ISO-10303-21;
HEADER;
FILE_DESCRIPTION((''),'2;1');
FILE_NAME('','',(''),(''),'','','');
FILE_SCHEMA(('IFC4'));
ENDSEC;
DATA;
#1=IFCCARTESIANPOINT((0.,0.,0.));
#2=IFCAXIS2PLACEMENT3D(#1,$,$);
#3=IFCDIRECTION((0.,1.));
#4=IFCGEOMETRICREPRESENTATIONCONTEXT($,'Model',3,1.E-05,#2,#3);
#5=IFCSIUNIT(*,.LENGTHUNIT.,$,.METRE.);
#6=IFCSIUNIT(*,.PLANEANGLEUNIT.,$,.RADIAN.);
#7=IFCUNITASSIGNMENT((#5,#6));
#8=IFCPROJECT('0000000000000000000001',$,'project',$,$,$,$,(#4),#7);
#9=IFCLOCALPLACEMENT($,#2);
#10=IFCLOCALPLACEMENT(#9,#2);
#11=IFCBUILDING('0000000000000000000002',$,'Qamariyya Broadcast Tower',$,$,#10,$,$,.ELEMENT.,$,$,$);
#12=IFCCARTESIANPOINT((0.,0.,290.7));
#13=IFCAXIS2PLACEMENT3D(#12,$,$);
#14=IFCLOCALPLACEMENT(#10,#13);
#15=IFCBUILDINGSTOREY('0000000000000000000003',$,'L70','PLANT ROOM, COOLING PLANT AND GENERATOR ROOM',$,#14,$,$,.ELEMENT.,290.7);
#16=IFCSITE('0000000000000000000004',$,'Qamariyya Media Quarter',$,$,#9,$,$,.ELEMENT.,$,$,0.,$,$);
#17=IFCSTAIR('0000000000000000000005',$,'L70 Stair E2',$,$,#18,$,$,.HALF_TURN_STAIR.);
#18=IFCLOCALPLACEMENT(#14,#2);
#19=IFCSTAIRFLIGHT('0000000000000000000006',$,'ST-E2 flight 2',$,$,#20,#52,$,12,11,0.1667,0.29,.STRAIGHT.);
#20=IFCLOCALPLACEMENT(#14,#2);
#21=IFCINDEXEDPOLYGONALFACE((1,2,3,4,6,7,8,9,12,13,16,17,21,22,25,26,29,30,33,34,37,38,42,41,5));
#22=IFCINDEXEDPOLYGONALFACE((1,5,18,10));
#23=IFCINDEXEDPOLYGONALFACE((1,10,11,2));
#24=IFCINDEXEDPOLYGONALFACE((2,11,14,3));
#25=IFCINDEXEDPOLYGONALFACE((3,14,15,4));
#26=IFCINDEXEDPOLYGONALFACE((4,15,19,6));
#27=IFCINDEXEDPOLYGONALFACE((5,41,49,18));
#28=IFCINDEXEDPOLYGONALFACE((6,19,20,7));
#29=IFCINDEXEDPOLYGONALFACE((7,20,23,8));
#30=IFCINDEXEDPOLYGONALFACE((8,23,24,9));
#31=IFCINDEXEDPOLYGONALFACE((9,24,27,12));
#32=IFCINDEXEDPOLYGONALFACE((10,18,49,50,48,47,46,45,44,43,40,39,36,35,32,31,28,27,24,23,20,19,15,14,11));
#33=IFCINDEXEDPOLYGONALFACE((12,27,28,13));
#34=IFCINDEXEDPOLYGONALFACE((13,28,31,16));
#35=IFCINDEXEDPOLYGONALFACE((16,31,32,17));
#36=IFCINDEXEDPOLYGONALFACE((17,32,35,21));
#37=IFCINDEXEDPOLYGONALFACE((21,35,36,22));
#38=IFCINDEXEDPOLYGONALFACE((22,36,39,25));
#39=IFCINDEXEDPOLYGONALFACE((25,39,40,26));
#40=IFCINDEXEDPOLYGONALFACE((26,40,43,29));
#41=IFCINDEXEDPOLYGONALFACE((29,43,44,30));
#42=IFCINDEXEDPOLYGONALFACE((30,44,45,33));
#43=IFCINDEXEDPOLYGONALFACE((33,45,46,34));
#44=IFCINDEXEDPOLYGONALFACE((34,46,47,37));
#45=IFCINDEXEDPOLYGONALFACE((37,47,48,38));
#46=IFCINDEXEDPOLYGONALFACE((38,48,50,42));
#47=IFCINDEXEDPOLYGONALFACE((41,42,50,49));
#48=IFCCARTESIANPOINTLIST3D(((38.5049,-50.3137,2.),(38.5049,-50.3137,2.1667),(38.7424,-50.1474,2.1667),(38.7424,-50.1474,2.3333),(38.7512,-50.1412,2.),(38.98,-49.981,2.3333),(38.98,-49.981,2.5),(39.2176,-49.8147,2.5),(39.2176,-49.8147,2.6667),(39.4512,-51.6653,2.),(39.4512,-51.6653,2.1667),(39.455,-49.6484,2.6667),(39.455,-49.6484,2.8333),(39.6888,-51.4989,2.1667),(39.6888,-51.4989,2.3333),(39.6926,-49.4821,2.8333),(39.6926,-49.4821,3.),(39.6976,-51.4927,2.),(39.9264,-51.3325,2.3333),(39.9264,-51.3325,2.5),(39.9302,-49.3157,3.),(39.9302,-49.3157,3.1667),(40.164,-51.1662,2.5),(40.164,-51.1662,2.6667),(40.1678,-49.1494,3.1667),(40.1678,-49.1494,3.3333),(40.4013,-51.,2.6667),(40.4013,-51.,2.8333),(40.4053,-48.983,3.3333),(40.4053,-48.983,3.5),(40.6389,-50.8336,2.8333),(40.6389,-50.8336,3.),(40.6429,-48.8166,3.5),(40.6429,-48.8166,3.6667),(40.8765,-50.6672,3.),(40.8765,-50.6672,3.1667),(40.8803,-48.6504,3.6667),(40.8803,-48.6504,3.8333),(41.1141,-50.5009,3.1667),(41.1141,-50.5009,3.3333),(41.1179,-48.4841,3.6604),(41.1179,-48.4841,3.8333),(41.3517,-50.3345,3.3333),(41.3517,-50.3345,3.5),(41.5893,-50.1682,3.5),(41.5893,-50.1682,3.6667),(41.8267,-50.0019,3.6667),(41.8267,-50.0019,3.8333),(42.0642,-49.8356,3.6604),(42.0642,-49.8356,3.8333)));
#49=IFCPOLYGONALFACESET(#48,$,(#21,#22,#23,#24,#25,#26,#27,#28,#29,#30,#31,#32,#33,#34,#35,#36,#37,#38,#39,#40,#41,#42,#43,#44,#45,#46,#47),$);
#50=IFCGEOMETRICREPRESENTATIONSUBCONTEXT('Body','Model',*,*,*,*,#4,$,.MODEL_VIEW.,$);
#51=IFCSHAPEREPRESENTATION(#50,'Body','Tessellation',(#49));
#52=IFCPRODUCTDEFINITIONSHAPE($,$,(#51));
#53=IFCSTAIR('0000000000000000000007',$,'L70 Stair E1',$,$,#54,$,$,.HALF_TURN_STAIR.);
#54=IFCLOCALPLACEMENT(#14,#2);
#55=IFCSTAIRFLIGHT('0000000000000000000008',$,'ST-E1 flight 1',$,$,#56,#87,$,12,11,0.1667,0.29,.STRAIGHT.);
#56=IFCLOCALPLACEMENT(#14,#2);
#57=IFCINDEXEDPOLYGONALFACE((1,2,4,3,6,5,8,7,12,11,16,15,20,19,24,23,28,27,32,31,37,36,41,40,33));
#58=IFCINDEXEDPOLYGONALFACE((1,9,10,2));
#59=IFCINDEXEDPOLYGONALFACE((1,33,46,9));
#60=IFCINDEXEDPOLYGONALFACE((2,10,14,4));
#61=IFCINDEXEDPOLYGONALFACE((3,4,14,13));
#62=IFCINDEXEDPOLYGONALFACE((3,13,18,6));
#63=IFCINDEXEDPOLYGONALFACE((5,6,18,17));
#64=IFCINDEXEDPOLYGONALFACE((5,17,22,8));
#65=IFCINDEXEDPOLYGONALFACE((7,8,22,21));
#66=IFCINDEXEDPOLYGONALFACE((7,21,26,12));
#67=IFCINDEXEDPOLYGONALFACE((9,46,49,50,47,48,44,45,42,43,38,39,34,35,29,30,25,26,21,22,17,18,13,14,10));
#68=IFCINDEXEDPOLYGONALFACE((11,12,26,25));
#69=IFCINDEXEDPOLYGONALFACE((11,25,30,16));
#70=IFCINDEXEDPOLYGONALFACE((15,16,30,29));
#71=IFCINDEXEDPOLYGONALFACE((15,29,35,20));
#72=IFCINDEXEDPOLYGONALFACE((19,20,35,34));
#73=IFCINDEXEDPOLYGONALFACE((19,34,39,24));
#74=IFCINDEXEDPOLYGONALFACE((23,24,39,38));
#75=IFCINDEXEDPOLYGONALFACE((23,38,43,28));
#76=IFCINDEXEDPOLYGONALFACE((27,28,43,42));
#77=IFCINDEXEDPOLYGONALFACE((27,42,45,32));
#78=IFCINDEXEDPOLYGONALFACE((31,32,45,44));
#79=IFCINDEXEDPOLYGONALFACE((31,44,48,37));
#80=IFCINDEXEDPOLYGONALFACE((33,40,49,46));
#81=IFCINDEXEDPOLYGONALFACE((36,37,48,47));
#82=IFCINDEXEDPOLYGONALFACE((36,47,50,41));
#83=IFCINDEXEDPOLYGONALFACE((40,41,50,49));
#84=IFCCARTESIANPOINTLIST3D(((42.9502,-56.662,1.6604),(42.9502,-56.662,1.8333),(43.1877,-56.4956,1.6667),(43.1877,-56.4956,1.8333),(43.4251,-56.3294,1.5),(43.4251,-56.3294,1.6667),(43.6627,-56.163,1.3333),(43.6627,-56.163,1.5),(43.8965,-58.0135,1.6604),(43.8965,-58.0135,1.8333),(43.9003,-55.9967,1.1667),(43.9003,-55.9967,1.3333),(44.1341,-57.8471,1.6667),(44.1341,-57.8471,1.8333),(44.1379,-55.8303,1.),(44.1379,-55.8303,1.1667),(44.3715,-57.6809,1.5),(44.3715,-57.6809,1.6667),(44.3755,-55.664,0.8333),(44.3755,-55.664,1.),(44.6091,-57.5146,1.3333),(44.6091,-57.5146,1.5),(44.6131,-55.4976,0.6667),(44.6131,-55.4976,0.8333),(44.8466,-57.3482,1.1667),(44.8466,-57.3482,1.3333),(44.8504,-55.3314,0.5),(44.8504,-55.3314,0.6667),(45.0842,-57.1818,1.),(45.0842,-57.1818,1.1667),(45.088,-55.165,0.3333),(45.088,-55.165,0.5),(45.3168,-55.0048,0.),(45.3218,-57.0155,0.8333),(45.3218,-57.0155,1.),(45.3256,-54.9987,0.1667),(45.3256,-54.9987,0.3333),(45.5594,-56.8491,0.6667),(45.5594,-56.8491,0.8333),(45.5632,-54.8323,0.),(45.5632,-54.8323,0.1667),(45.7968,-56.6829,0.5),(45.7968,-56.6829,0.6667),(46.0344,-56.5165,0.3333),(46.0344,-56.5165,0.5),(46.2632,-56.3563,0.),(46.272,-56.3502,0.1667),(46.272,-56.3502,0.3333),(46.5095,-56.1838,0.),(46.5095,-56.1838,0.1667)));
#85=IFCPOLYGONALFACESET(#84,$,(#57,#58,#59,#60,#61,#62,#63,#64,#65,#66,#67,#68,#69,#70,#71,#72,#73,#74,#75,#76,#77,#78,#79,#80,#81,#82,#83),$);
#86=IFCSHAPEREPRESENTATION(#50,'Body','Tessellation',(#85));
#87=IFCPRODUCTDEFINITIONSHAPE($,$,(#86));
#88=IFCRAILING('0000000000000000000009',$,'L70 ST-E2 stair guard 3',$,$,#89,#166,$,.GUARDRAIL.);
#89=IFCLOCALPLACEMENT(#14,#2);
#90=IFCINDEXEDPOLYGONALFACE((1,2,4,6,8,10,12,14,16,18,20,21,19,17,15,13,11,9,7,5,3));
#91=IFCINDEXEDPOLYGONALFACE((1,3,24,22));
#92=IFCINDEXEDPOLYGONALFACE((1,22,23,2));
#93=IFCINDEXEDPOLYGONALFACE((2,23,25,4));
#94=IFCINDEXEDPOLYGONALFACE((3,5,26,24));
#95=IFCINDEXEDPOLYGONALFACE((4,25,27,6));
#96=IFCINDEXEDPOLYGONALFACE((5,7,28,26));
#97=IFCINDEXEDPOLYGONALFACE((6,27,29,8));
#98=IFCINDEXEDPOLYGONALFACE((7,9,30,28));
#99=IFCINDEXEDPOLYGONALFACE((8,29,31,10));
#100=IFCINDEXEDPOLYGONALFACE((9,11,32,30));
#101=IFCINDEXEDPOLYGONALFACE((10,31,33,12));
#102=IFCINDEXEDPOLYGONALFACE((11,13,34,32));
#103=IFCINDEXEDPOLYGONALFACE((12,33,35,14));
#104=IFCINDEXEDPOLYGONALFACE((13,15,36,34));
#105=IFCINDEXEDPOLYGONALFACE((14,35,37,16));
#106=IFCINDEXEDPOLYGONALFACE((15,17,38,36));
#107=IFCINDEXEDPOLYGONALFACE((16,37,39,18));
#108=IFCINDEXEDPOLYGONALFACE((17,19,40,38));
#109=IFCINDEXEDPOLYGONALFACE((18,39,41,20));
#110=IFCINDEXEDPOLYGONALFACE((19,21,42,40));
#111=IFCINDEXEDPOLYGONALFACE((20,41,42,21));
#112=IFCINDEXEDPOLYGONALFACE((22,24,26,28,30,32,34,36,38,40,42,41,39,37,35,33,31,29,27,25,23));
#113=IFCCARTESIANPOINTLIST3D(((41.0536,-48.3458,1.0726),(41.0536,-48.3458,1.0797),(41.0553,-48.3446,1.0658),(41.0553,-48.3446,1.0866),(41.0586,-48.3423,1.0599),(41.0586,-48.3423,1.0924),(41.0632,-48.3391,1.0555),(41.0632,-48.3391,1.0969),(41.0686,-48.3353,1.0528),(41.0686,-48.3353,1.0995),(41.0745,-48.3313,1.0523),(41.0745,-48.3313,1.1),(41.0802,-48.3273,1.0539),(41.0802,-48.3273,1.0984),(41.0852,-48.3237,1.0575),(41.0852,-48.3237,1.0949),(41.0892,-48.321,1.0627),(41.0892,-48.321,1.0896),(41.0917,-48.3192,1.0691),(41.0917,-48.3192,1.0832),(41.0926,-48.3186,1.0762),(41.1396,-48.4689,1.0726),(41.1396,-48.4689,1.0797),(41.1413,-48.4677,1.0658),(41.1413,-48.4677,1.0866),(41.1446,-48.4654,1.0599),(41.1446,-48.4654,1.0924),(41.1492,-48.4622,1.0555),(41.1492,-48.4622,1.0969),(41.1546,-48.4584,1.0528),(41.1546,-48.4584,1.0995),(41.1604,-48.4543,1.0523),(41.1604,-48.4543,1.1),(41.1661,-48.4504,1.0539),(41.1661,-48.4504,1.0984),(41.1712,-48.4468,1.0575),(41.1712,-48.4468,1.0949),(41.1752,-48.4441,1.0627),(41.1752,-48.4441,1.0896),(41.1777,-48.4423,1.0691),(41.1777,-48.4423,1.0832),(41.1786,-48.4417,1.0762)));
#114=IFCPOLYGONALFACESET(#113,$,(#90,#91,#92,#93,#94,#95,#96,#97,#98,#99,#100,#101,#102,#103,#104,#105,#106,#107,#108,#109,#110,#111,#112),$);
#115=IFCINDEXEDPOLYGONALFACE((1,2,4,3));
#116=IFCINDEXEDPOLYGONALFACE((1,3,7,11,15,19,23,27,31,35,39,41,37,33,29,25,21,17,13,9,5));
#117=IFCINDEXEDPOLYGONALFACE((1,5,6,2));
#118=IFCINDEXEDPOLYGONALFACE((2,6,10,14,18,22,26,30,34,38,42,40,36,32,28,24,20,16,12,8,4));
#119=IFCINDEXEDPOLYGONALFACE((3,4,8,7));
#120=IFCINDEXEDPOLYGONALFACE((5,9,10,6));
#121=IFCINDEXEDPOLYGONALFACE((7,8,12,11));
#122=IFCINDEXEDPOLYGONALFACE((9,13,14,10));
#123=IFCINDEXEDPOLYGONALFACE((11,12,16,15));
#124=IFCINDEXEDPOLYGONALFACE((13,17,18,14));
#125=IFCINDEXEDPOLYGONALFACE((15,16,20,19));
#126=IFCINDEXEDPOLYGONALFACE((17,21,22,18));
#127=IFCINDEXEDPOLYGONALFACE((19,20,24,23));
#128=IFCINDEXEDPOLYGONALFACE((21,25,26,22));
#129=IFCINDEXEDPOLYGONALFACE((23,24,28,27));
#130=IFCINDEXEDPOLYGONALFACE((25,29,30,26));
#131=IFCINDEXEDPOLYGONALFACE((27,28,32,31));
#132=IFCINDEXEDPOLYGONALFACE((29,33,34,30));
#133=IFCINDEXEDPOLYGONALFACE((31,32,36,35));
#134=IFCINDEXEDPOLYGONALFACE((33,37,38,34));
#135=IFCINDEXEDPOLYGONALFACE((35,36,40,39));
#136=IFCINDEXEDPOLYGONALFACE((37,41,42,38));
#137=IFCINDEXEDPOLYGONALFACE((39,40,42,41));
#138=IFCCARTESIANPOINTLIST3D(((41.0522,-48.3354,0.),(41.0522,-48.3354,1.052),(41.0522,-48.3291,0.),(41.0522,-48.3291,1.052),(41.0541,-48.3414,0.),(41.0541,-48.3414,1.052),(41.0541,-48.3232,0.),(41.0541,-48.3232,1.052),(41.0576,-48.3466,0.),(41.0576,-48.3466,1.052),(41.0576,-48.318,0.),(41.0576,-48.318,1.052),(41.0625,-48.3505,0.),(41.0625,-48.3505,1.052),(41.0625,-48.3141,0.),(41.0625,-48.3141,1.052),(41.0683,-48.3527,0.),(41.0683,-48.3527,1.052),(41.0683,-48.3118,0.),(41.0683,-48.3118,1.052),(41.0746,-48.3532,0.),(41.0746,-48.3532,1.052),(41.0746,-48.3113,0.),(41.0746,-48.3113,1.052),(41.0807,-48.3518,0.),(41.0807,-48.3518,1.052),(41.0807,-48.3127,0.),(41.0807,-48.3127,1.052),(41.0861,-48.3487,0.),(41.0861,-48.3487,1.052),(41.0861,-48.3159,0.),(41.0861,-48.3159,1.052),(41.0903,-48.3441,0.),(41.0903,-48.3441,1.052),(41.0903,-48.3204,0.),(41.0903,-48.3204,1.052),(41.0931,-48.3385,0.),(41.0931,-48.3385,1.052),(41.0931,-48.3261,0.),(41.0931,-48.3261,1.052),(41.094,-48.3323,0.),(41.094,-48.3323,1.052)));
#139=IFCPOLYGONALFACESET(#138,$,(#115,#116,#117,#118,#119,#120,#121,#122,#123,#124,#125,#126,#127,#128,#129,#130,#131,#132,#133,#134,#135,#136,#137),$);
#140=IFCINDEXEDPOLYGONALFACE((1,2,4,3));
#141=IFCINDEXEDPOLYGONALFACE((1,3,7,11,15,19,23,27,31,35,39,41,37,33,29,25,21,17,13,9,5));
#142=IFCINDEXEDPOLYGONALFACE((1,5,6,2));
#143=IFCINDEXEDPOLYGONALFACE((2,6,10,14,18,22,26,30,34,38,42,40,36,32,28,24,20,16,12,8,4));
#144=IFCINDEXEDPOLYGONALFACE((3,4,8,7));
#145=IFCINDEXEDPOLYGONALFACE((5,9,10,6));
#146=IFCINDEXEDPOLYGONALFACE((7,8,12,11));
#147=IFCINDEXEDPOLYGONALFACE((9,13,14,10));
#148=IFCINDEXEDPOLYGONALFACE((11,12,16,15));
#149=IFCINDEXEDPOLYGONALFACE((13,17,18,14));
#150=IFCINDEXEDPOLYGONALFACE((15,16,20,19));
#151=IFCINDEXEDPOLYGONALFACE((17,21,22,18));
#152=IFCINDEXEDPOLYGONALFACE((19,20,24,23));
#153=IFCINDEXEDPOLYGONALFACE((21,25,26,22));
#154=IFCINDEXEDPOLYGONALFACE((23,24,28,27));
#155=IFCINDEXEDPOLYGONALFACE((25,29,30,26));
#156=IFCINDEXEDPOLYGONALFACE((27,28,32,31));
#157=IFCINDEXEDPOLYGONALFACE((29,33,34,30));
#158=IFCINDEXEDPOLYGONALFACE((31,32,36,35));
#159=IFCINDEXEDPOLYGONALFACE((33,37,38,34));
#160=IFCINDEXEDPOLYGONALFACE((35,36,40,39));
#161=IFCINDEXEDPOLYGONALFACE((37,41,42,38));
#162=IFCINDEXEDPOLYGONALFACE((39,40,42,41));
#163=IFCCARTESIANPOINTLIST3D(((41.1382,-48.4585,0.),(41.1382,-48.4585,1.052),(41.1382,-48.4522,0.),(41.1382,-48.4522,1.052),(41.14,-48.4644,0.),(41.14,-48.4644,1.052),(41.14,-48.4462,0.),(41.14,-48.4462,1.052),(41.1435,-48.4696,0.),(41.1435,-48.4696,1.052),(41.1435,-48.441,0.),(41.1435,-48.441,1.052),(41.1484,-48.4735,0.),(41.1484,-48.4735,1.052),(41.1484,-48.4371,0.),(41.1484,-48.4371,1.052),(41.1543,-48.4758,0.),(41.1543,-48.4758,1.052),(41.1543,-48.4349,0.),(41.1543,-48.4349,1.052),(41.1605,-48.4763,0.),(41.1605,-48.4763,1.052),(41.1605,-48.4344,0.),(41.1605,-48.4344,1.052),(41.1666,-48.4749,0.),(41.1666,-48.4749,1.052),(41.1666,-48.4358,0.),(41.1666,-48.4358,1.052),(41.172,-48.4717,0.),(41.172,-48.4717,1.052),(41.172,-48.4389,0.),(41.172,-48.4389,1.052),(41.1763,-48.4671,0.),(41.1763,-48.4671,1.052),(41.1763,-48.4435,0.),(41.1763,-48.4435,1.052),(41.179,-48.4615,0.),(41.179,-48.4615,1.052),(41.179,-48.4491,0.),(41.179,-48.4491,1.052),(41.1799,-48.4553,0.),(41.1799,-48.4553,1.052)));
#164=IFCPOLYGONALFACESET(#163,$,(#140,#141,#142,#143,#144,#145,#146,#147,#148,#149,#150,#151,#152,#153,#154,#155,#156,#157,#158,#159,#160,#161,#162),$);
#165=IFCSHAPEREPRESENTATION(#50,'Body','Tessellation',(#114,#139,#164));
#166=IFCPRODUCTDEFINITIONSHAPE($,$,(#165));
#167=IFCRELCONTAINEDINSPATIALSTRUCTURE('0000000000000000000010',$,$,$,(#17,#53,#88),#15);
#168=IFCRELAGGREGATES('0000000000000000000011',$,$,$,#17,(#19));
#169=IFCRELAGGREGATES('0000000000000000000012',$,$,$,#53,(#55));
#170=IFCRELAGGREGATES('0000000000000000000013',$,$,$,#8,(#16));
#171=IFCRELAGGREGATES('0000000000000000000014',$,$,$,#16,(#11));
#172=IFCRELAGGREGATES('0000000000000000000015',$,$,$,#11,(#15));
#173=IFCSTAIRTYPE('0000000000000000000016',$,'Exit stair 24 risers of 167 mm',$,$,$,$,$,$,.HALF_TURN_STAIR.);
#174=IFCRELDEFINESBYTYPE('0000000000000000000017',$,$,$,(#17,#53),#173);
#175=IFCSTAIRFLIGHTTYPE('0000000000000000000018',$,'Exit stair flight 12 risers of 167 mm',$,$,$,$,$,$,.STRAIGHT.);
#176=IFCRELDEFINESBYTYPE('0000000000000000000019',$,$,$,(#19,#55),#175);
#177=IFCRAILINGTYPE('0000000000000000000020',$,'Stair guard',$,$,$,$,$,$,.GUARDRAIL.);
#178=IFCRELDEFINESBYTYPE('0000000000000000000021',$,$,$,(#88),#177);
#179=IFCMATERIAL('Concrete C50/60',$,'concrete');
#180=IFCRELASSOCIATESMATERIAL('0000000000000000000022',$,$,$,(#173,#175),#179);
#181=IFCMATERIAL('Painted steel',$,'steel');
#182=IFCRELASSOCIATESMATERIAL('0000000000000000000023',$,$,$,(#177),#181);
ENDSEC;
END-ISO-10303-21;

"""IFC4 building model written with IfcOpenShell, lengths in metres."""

from ifc_helpers import new_model, si_unit, direction, frame, origin, origin_2d, place, context, subcontext, project, spatial, polyline, circle, outline, extrude, material, type_object, element, aggregate, save


model = new_model("IFC4")

# Units and contexts
model_context = context("Model", 3, precision=1e-05, world=origin(), true_north=direction((0.0, 1.0)))
body_context = subcontext(model_context, "Body", "Model", "MODEL_VIEW")
ifc_project = project(units=[si_unit("LENGTHUNIT", "METRE"), si_unit("PLANEANGLEUNIT", "RADIAN")], contexts=[model_context])

# Site, building, storey
site_placement = place(None, origin())
site = spatial("IfcSite", under=ifc_project, at=site_placement, Name="Qamariyya Media Quarter", CompositionType="ELEMENT", RefElevation=0.0)
building_placement = place(site_placement, origin())
building = spatial("IfcBuilding", under=site, at=building_placement, Name="Qamariyya Broadcast Tower", CompositionType="ELEMENT")
storey_placement = place(building_placement, frame((0.0, 0.0, 290.7)))
storey = spatial("IfcBuildingStorey", under=building, at=storey_placement, Name="L70", Description="PLANT ROOM, COOLING PLANT AND GENERATOR ROOM", CompositionType="ELEMENT", Elevation=290.7)

# Shared definitions
ifc_material_1 = material(Name="Concrete C50/60", Category="concrete")

# Stair, stair flight
stair_type = type_object("IfcStairType", Name="Exit stair 24 risers of 167 mm", PredefinedType="HALF_TURN_STAIR", material=ifc_material_1)
stair_1_placement = place(storey_placement, origin())
stair_1 = element("IfcStair", 1, at=stair_1_placement, inside=storey, type_object=stair_type, Name="L70 Stair E2", PredefinedType="HALF_TURN_STAIR")
stair_flight_type = type_object("IfcStairFlightType", Name="Exit stair flight 12 risers of 167 mm", PredefinedType="STRAIGHT", material=ifc_material_1)
stair_flight_1_placement = place(storey_placement, frame((38.978, -50.9895, 2.0), z_axis=(0.0, 0.0, 1.0), x_axis=(0.819152, 0.573576, 0.0)))
stair_flight_1 = element("IfcStairFlight", 2, at=stair_flight_1_placement, type_object=stair_flight_type, Name="ST-E2 flight 2", NumberOfRisers=12, NumberOfTreads=11, PredefinedType="STRAIGHT", RiserHeight=0.1667, TreadLength=0.29, context=body_context, shape_type="SweptSolid", body=[
    extrude(outline(polyline([(0.0, 0.0), (0.0, 0.1667), (0.29, 0.1667), (0.29, 0.3333), (0.5801, 0.3333), (0.5801, 0.5), (0.8701, 0.5), (0.8701, 0.6667), (1.1599, 0.6667), (1.1599, 0.8333), (1.45, 0.8333), (1.45, 1.0), (1.74, 1.0), (1.74, 1.1667), (2.03, 1.1667), (2.03, 1.3333), (2.3201, 1.3333), (2.3201, 1.5), (2.6101, 1.5), (2.6101, 1.6667), (2.8999, 1.6667), (2.8999, 1.8333), (3.1899, 1.8333), (3.1899, 2.0), (3.1899, 1.6604), (0.3008, 0.0), (0.0, 0.0)])), frame((0.0, 0.825, 0.0), z_axis=(0.0, -1.0, 0.0), x_axis=(1.0, 0.0, 0.0)), (0.0, 0.0, 1.0), 1.6499),
])
aggregate(stair_1, [stair_flight_1])

# Stair, stair flight
stair_2_placement = place(storey_placement, origin())
stair_2 = element("IfcStair", 3, at=stair_2_placement, inside=storey, type_object=stair_type, Name="L70 Stair E1", PredefinedType="HALF_TURN_STAIR")
stair_flight_2_placement = place(storey_placement, frame((46.0364, -55.5081, 0.0), z_axis=(0.0, 0.0, 1.0), x_axis=(-0.819152, -0.573576, 0.0)))
stair_flight_2 = element("IfcStairFlight", 4, at=stair_flight_2_placement, type_object=stair_flight_type, Name="ST-E1 flight 1", NumberOfRisers=12, NumberOfTreads=11, PredefinedType="STRAIGHT", RiserHeight=0.1667, TreadLength=0.29, context=body_context, shape_type="SweptSolid", body=[
    extrude(outline(polyline([(0.0, 0.0), (0.0, 0.1667), (0.29, 0.1667), (0.29, 0.3333), (0.5801, 0.3333), (0.5801, 0.5), (0.8701, 0.5), (0.8701, 0.6667), (1.1599, 0.6667), (1.1599, 0.8333), (1.45, 0.8333), (1.45, 1.0), (1.74, 1.0), (1.74, 1.1667), (2.03, 1.1667), (2.03, 1.3333), (2.3201, 1.3333), (2.3201, 1.5), (2.6101, 1.5), (2.6101, 1.6667), (2.8999, 1.6667), (2.8999, 1.8333), (3.1899, 1.8333), (3.1899, 2.0), (3.1899, 1.6604), (0.3008, 0.0), (0.0, 0.0)])), frame((0.0, 0.825, 0.0), z_axis=(0.0, -1.0, 0.0), x_axis=(1.0, 0.0, 0.0)), (0.0, 0.0, 1.0), 1.6499),
])
aggregate(stair_2, [stair_flight_2])

# Railing
ifc_material_2 = material(Name="Painted steel", Category="steel")
railing_type_1 = type_object("IfcRailingType", Name="Stair guard", PredefinedType="GUARDRAIL", material=ifc_material_2)
railing_1_placement = place(storey_placement, frame((41.073, -48.3323, 0.0)))
element("IfcRailing", 5, at=railing_1_placement, inside=storey, type_object=railing_type_1, Name="L70 ST-E2 stair guard 3", PredefinedType="GUARDRAIL", context=body_context, shape_type="SweptSolid", body=[
    extrude(circle(Radius=0.0239, at=origin_2d()), frame((0.0, 0.0, 1.0762), z_axis=(0.572589, -0.819843, 0.0), x_axis=(0.819843, 0.572589, 0.0)), (0.0, 0.0, 1.0), 0.1501),
    extrude(circle(Radius=0.021, at=origin_2d()), origin(), (0.0, 0.0, 1.0), 1.052),
    extrude(circle(Radius=0.021, at=origin_2d()), frame((0.0859, -0.123, 0.0)), (0.0, 0.0, 1.0), 1.052),
])

save(model, "model.ifc")
